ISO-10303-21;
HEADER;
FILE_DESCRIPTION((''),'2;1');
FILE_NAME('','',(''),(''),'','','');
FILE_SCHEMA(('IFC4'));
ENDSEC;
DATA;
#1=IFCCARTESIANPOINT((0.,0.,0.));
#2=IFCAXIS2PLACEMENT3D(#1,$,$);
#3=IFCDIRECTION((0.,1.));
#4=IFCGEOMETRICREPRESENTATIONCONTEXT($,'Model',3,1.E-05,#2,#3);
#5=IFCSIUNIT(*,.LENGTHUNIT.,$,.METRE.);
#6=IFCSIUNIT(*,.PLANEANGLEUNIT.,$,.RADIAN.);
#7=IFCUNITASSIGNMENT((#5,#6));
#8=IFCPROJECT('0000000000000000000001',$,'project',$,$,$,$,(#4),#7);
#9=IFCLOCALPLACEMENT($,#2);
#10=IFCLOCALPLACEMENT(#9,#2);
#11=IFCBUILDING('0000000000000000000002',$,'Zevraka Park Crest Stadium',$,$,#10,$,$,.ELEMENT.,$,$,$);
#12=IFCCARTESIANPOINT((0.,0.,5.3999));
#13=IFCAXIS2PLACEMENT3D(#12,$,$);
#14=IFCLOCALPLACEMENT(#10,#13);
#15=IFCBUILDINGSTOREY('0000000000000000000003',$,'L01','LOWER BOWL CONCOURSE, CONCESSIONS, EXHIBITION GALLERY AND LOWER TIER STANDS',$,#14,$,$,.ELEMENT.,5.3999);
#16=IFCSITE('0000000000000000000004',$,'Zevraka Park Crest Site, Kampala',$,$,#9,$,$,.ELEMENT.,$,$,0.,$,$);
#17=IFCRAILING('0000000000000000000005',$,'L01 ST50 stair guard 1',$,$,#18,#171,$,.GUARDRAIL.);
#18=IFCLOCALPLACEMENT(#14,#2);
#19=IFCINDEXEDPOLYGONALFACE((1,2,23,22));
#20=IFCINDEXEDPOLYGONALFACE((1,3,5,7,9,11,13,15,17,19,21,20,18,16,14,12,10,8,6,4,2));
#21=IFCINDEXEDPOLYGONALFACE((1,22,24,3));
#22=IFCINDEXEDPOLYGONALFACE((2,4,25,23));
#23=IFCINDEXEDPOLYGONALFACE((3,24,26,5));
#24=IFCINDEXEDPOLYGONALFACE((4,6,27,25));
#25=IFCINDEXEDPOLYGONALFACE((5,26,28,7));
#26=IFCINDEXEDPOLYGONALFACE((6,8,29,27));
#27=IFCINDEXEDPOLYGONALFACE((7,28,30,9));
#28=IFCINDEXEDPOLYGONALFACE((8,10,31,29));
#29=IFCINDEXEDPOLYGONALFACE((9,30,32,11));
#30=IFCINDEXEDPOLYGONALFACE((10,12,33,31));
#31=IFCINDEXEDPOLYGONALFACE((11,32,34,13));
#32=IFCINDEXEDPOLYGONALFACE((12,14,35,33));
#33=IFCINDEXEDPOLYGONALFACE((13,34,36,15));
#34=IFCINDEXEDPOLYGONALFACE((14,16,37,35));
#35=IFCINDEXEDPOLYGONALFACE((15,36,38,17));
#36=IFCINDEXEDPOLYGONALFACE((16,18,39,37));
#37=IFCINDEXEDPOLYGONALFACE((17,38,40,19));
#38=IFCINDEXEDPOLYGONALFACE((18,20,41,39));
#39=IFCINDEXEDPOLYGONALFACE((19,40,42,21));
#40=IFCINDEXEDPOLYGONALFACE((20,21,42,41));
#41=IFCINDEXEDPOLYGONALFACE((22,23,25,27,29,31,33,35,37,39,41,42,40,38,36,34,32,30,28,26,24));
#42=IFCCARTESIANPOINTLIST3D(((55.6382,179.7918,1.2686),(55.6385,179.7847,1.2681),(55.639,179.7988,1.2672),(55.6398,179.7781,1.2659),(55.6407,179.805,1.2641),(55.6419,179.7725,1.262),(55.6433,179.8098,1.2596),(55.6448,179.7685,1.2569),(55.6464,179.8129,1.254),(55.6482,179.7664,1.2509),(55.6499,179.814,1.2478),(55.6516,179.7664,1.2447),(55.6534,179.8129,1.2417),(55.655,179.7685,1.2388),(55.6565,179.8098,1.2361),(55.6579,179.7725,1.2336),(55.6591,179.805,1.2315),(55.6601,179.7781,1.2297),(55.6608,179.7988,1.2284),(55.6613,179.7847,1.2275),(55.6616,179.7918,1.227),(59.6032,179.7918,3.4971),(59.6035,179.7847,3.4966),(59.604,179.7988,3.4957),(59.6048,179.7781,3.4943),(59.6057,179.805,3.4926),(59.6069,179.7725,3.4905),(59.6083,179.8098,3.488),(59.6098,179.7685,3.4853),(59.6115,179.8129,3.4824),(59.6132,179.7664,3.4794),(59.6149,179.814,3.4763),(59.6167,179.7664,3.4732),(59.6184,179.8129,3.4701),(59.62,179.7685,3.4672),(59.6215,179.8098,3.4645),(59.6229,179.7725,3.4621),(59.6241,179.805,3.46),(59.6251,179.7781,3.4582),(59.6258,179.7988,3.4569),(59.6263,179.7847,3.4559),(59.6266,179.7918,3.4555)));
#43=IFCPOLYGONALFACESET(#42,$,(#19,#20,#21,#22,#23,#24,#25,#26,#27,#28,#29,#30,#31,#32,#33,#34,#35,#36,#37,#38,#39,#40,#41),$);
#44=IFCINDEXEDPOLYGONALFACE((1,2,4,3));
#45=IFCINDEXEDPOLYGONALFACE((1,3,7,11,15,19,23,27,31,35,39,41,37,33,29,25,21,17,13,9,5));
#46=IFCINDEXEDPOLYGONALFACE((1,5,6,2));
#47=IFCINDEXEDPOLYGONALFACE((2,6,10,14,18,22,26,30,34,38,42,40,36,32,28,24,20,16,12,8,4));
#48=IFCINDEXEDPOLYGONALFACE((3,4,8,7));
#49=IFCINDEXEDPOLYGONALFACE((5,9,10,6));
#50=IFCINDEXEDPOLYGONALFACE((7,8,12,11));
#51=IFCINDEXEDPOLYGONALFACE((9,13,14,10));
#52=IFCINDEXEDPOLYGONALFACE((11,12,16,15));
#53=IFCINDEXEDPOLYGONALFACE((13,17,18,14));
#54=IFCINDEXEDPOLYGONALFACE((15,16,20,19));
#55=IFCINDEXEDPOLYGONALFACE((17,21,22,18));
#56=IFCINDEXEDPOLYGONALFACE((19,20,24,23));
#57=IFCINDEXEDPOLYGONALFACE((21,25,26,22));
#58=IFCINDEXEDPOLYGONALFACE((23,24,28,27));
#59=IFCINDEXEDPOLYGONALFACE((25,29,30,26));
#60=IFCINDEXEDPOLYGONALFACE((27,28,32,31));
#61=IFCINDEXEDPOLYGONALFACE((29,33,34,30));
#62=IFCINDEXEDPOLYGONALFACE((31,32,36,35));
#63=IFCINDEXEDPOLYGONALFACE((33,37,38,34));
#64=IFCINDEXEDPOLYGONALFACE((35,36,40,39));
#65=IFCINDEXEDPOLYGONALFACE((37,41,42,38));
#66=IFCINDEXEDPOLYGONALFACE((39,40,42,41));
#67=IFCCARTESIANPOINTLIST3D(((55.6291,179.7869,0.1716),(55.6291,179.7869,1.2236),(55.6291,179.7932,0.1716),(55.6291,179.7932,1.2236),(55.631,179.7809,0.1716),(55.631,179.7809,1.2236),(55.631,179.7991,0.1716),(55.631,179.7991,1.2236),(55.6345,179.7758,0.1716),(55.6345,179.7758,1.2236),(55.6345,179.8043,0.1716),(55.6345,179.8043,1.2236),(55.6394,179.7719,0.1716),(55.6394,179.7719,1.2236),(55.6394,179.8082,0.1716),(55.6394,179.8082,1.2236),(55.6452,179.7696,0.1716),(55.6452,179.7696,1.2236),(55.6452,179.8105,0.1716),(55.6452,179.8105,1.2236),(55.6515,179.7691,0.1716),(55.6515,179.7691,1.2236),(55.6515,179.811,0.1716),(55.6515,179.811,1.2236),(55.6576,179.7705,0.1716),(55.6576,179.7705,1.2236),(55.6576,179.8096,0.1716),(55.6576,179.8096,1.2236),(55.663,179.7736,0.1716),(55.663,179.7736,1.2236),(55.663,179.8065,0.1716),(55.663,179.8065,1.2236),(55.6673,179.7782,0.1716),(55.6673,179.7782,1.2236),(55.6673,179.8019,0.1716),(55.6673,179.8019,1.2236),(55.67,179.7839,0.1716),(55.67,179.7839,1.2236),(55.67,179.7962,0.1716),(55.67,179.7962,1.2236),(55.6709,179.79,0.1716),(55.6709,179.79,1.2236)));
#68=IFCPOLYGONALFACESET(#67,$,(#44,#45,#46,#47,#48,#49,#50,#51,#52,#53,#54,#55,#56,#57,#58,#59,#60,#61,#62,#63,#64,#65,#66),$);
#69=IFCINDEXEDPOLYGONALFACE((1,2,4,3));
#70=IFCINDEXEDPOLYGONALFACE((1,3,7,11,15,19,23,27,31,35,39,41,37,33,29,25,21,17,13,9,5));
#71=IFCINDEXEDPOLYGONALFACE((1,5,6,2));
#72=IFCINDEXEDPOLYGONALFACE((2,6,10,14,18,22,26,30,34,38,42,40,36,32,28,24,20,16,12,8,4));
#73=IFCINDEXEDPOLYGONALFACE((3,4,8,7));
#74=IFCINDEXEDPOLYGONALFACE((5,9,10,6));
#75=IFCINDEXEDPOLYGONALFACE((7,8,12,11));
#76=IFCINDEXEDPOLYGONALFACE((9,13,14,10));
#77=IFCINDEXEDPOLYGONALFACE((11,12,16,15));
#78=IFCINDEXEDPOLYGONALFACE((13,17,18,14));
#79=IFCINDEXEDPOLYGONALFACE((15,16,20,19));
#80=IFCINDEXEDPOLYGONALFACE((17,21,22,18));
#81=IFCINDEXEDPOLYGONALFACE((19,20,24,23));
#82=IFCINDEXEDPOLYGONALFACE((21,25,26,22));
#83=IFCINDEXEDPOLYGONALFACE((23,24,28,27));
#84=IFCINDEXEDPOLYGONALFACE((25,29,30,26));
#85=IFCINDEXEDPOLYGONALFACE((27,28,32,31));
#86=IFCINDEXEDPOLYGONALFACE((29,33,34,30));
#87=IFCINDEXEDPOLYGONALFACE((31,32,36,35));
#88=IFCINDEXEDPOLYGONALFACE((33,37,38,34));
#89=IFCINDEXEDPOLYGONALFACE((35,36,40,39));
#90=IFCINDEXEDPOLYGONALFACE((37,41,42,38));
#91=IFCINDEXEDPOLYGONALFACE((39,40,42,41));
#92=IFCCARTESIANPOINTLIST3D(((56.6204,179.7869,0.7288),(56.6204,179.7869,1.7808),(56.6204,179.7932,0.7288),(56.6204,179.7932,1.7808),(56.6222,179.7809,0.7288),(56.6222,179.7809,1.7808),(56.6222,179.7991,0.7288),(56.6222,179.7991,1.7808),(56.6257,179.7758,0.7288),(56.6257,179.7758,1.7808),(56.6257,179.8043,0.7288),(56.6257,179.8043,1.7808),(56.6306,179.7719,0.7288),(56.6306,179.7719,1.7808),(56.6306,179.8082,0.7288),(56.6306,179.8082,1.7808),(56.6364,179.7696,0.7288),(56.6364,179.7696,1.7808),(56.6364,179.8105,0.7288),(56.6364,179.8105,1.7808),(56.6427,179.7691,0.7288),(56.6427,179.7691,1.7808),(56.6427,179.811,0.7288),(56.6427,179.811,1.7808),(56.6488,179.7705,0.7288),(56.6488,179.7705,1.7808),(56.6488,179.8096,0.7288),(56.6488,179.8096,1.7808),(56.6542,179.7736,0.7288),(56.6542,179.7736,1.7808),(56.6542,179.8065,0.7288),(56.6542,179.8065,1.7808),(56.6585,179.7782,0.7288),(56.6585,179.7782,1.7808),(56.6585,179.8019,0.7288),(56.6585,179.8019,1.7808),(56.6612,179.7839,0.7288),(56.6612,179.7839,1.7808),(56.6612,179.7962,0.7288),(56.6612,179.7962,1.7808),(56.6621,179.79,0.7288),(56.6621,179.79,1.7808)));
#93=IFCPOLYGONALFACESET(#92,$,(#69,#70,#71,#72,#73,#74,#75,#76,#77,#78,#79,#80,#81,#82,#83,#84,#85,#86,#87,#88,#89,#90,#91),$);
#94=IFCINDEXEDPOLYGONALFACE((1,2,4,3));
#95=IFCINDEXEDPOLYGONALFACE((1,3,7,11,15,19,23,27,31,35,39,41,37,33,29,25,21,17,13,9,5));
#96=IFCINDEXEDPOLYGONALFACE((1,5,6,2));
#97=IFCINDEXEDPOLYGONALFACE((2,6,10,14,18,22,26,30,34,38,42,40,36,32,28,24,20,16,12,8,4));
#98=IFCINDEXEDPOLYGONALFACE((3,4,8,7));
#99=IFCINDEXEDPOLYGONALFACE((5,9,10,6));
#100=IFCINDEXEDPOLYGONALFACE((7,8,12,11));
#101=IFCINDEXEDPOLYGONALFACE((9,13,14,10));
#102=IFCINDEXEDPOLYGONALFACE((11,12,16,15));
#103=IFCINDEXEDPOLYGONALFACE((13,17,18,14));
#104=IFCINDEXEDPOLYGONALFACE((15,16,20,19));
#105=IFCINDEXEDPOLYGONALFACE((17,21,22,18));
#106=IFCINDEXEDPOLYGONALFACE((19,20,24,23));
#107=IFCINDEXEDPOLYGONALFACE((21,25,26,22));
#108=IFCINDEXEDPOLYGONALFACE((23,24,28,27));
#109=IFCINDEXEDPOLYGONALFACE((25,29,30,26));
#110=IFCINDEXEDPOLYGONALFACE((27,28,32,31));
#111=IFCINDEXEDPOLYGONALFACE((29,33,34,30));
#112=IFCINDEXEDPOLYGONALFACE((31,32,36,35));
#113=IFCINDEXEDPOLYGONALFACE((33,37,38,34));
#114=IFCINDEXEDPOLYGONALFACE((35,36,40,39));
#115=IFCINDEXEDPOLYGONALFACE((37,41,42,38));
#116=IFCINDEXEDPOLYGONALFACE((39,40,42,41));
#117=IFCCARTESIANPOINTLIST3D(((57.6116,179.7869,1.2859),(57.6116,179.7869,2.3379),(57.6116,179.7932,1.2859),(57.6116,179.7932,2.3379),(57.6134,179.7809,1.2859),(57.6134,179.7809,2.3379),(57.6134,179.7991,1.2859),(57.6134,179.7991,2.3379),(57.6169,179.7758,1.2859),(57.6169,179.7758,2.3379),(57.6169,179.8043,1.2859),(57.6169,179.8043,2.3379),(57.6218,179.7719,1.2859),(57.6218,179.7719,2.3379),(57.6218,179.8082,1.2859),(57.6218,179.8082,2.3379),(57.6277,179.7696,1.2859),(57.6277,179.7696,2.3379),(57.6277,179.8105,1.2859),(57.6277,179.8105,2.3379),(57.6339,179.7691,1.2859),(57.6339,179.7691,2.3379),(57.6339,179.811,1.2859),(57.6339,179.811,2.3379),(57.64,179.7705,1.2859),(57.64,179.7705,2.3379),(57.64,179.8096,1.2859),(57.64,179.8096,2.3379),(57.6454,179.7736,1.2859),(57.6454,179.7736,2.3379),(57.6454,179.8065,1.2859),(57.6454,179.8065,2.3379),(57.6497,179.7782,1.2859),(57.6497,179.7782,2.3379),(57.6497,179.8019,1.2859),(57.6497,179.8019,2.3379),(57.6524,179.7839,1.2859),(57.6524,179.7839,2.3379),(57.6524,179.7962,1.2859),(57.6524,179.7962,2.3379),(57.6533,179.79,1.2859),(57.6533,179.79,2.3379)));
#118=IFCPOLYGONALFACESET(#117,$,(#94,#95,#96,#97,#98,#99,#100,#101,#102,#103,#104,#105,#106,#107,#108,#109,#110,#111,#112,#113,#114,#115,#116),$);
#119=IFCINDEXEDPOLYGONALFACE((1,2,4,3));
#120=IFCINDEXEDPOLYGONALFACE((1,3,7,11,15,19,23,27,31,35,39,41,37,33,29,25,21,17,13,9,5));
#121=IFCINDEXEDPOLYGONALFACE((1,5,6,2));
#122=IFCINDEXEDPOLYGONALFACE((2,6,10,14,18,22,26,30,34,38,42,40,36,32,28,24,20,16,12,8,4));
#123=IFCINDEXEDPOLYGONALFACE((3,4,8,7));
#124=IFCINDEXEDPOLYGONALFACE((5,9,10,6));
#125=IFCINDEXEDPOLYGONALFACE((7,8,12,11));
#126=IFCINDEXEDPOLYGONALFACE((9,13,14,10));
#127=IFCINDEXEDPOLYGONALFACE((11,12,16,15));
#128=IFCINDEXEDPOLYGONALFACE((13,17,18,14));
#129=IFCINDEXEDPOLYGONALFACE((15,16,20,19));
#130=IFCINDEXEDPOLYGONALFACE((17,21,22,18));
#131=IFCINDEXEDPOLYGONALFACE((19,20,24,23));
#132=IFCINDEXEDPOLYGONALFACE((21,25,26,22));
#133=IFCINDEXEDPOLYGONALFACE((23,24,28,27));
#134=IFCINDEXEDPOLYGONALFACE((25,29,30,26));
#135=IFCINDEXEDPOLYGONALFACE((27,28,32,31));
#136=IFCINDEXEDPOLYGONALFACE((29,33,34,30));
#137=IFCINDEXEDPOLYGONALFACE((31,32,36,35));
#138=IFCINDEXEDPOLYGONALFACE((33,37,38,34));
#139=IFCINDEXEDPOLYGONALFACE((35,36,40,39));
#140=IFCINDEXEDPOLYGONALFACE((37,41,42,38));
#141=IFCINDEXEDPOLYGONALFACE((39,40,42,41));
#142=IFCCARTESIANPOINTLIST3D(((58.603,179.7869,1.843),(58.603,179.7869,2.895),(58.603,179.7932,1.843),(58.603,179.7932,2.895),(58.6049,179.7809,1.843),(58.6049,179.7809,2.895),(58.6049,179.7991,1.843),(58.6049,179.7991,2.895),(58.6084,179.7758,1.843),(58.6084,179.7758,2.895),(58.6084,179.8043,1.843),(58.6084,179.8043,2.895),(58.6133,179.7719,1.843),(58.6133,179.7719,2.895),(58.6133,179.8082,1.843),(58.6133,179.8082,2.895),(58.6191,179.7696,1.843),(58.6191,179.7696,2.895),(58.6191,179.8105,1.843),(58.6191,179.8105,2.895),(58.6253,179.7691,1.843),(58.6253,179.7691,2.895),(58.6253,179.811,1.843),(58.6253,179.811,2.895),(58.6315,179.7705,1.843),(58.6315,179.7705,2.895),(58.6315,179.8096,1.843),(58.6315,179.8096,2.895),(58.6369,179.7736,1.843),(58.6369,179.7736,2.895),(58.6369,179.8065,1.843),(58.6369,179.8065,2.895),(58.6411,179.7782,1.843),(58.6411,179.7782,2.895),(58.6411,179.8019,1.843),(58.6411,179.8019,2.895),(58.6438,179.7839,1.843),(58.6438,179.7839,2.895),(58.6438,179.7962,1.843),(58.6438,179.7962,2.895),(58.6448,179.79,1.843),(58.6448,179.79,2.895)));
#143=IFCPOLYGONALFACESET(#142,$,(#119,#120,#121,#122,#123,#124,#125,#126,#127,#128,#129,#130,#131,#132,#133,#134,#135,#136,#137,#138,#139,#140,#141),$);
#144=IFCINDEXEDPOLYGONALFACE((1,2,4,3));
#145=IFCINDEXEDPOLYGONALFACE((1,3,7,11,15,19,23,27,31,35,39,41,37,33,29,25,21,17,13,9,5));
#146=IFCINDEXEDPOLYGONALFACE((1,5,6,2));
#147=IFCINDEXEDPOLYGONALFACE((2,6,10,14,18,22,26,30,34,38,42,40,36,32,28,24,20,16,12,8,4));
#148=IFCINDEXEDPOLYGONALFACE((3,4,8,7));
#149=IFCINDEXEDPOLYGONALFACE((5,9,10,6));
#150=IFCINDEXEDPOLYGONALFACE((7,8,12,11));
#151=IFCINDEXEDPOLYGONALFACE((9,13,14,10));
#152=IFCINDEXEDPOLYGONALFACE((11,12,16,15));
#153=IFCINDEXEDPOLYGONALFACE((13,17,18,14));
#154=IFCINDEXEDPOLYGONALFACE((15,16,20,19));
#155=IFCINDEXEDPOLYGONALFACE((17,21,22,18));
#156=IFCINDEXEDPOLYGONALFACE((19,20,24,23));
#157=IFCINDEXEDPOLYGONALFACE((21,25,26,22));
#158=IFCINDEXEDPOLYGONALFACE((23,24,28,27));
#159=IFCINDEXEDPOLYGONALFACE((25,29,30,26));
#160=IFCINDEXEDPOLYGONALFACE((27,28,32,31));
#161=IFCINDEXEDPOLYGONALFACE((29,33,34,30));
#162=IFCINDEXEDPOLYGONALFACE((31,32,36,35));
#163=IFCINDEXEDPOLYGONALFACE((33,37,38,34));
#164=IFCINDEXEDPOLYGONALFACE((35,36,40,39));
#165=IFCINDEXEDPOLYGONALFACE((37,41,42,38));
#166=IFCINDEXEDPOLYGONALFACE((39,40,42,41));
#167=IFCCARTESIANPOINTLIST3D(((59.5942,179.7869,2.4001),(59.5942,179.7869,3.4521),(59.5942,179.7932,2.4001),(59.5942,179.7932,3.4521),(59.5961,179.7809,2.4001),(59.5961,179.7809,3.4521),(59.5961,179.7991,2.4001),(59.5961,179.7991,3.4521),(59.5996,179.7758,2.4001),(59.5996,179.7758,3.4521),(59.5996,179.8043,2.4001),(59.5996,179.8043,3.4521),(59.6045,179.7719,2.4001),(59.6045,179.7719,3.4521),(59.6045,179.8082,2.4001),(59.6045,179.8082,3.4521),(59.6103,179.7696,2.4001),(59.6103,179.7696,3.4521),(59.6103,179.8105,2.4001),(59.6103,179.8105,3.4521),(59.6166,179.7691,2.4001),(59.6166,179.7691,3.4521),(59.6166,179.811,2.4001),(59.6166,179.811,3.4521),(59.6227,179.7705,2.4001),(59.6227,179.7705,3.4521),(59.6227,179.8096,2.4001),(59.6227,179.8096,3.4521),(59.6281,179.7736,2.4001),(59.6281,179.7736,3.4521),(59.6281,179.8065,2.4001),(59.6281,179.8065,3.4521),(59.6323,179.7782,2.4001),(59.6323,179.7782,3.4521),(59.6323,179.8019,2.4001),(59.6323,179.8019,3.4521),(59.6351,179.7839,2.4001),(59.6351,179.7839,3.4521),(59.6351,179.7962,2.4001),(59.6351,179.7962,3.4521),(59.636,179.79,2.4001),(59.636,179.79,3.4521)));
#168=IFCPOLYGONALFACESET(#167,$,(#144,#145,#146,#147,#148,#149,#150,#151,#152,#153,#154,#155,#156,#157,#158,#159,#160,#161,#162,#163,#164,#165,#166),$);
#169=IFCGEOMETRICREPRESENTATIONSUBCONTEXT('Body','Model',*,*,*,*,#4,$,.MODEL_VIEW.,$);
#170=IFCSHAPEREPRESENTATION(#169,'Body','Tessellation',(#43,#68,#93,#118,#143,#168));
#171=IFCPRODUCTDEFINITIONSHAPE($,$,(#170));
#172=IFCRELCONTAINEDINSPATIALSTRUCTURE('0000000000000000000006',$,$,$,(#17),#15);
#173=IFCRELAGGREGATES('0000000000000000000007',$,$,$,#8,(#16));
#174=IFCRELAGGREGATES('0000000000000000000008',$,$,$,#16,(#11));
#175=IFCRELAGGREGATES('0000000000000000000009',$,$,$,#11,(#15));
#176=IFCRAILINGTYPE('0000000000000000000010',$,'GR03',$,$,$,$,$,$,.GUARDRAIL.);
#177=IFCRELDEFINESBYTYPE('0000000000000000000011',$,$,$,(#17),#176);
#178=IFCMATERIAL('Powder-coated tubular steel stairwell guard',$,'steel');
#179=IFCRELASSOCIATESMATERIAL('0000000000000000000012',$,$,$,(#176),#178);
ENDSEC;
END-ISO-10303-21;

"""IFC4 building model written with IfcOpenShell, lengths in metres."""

from ifc_helpers import new_model, si_unit, direction, frame, origin, origin_2d, place, context, subcontext, project, spatial, circle, extrude, material, type_object, element, save


model = new_model("IFC4")

# Units and contexts
model_context = context("Model", 3, precision=1e-05, world=origin(), true_north=direction((0.0, 1.0)))
body_context = subcontext(model_context, "Body", "Model", "MODEL_VIEW")
ifc_project = project(units=[si_unit("LENGTHUNIT", "METRE"), si_unit("PLANEANGLEUNIT", "RADIAN")], contexts=[model_context])

# Site, building, storey
site_placement = place(None, origin())
site = spatial("IfcSite", under=ifc_project, at=site_placement, Name="Zevraka Park Crest Site, Kampala", CompositionType="ELEMENT", RefElevation=0.0)
building_placement = place(site_placement, origin())
building = spatial("IfcBuilding", under=site, at=building_placement, Name="Zevraka Park Crest Stadium", CompositionType="ELEMENT")
storey_placement = place(building_placement, frame((0.0, 0.0, 5.3999)))
storey = spatial("IfcBuildingStorey", under=building, at=storey_placement, Name="L01", Description="LOWER BOWL CONCOURSE, CONCESSIONS, EXHIBITION GALLERY AND LOWER TIER STANDS", CompositionType="ELEMENT", Elevation=5.3999)

# Railing
ifc_material_1 = material(Name="Powder-coated tubular steel stairwell guard", Category="steel")
railing_type_1 = type_object("IfcRailingType", Name="GR03", PredefinedType="GUARDRAIL", material=ifc_material_1)
railing_1_placement = place(storey_placement, frame((55.6499, 179.79, 0.1716)))
element("IfcRailing", 1, at=railing_1_placement, inside=storey, type_object=railing_type_1, Name="L01 ST50 stair guard 1", PredefinedType="GUARDRAIL", context=body_context, shape_type="SweptSolid", body=[
    extrude(circle(Radius=0.0239, at=origin_2d()), frame((0.0, 0.0, 1.0762), z_axis=(0.871749, 0.0, 0.489953), x_axis=(0.0, 1.0, 0.0)), (0.0, 0.0, 1.0), 4.5483),
    extrude(circle(Radius=0.021, at=origin_2d()), origin(), (0.0, 0.0, 1.0), 1.052),
    extrude(circle(Radius=0.021, at=origin_2d()), frame((0.9912, 0.0, 0.5571)), (0.0, 0.0, 1.0), 1.052),
    extrude(circle(Radius=0.021, at=origin_2d()), frame((1.9824, 0.0, 1.1143)), (0.0, 0.0, 1.0), 1.052),
    extrude(circle(Radius=0.021, at=origin_2d()), frame((2.9739, 0.0, 1.6714)), (0.0, 0.0, 1.0), 1.052),
    extrude(circle(Radius=0.021, at=origin_2d()), frame((3.9651, 0.0, 2.2285)), (0.0, 0.0, 1.0), 1.052),
])

save(model, "model.ifc")
